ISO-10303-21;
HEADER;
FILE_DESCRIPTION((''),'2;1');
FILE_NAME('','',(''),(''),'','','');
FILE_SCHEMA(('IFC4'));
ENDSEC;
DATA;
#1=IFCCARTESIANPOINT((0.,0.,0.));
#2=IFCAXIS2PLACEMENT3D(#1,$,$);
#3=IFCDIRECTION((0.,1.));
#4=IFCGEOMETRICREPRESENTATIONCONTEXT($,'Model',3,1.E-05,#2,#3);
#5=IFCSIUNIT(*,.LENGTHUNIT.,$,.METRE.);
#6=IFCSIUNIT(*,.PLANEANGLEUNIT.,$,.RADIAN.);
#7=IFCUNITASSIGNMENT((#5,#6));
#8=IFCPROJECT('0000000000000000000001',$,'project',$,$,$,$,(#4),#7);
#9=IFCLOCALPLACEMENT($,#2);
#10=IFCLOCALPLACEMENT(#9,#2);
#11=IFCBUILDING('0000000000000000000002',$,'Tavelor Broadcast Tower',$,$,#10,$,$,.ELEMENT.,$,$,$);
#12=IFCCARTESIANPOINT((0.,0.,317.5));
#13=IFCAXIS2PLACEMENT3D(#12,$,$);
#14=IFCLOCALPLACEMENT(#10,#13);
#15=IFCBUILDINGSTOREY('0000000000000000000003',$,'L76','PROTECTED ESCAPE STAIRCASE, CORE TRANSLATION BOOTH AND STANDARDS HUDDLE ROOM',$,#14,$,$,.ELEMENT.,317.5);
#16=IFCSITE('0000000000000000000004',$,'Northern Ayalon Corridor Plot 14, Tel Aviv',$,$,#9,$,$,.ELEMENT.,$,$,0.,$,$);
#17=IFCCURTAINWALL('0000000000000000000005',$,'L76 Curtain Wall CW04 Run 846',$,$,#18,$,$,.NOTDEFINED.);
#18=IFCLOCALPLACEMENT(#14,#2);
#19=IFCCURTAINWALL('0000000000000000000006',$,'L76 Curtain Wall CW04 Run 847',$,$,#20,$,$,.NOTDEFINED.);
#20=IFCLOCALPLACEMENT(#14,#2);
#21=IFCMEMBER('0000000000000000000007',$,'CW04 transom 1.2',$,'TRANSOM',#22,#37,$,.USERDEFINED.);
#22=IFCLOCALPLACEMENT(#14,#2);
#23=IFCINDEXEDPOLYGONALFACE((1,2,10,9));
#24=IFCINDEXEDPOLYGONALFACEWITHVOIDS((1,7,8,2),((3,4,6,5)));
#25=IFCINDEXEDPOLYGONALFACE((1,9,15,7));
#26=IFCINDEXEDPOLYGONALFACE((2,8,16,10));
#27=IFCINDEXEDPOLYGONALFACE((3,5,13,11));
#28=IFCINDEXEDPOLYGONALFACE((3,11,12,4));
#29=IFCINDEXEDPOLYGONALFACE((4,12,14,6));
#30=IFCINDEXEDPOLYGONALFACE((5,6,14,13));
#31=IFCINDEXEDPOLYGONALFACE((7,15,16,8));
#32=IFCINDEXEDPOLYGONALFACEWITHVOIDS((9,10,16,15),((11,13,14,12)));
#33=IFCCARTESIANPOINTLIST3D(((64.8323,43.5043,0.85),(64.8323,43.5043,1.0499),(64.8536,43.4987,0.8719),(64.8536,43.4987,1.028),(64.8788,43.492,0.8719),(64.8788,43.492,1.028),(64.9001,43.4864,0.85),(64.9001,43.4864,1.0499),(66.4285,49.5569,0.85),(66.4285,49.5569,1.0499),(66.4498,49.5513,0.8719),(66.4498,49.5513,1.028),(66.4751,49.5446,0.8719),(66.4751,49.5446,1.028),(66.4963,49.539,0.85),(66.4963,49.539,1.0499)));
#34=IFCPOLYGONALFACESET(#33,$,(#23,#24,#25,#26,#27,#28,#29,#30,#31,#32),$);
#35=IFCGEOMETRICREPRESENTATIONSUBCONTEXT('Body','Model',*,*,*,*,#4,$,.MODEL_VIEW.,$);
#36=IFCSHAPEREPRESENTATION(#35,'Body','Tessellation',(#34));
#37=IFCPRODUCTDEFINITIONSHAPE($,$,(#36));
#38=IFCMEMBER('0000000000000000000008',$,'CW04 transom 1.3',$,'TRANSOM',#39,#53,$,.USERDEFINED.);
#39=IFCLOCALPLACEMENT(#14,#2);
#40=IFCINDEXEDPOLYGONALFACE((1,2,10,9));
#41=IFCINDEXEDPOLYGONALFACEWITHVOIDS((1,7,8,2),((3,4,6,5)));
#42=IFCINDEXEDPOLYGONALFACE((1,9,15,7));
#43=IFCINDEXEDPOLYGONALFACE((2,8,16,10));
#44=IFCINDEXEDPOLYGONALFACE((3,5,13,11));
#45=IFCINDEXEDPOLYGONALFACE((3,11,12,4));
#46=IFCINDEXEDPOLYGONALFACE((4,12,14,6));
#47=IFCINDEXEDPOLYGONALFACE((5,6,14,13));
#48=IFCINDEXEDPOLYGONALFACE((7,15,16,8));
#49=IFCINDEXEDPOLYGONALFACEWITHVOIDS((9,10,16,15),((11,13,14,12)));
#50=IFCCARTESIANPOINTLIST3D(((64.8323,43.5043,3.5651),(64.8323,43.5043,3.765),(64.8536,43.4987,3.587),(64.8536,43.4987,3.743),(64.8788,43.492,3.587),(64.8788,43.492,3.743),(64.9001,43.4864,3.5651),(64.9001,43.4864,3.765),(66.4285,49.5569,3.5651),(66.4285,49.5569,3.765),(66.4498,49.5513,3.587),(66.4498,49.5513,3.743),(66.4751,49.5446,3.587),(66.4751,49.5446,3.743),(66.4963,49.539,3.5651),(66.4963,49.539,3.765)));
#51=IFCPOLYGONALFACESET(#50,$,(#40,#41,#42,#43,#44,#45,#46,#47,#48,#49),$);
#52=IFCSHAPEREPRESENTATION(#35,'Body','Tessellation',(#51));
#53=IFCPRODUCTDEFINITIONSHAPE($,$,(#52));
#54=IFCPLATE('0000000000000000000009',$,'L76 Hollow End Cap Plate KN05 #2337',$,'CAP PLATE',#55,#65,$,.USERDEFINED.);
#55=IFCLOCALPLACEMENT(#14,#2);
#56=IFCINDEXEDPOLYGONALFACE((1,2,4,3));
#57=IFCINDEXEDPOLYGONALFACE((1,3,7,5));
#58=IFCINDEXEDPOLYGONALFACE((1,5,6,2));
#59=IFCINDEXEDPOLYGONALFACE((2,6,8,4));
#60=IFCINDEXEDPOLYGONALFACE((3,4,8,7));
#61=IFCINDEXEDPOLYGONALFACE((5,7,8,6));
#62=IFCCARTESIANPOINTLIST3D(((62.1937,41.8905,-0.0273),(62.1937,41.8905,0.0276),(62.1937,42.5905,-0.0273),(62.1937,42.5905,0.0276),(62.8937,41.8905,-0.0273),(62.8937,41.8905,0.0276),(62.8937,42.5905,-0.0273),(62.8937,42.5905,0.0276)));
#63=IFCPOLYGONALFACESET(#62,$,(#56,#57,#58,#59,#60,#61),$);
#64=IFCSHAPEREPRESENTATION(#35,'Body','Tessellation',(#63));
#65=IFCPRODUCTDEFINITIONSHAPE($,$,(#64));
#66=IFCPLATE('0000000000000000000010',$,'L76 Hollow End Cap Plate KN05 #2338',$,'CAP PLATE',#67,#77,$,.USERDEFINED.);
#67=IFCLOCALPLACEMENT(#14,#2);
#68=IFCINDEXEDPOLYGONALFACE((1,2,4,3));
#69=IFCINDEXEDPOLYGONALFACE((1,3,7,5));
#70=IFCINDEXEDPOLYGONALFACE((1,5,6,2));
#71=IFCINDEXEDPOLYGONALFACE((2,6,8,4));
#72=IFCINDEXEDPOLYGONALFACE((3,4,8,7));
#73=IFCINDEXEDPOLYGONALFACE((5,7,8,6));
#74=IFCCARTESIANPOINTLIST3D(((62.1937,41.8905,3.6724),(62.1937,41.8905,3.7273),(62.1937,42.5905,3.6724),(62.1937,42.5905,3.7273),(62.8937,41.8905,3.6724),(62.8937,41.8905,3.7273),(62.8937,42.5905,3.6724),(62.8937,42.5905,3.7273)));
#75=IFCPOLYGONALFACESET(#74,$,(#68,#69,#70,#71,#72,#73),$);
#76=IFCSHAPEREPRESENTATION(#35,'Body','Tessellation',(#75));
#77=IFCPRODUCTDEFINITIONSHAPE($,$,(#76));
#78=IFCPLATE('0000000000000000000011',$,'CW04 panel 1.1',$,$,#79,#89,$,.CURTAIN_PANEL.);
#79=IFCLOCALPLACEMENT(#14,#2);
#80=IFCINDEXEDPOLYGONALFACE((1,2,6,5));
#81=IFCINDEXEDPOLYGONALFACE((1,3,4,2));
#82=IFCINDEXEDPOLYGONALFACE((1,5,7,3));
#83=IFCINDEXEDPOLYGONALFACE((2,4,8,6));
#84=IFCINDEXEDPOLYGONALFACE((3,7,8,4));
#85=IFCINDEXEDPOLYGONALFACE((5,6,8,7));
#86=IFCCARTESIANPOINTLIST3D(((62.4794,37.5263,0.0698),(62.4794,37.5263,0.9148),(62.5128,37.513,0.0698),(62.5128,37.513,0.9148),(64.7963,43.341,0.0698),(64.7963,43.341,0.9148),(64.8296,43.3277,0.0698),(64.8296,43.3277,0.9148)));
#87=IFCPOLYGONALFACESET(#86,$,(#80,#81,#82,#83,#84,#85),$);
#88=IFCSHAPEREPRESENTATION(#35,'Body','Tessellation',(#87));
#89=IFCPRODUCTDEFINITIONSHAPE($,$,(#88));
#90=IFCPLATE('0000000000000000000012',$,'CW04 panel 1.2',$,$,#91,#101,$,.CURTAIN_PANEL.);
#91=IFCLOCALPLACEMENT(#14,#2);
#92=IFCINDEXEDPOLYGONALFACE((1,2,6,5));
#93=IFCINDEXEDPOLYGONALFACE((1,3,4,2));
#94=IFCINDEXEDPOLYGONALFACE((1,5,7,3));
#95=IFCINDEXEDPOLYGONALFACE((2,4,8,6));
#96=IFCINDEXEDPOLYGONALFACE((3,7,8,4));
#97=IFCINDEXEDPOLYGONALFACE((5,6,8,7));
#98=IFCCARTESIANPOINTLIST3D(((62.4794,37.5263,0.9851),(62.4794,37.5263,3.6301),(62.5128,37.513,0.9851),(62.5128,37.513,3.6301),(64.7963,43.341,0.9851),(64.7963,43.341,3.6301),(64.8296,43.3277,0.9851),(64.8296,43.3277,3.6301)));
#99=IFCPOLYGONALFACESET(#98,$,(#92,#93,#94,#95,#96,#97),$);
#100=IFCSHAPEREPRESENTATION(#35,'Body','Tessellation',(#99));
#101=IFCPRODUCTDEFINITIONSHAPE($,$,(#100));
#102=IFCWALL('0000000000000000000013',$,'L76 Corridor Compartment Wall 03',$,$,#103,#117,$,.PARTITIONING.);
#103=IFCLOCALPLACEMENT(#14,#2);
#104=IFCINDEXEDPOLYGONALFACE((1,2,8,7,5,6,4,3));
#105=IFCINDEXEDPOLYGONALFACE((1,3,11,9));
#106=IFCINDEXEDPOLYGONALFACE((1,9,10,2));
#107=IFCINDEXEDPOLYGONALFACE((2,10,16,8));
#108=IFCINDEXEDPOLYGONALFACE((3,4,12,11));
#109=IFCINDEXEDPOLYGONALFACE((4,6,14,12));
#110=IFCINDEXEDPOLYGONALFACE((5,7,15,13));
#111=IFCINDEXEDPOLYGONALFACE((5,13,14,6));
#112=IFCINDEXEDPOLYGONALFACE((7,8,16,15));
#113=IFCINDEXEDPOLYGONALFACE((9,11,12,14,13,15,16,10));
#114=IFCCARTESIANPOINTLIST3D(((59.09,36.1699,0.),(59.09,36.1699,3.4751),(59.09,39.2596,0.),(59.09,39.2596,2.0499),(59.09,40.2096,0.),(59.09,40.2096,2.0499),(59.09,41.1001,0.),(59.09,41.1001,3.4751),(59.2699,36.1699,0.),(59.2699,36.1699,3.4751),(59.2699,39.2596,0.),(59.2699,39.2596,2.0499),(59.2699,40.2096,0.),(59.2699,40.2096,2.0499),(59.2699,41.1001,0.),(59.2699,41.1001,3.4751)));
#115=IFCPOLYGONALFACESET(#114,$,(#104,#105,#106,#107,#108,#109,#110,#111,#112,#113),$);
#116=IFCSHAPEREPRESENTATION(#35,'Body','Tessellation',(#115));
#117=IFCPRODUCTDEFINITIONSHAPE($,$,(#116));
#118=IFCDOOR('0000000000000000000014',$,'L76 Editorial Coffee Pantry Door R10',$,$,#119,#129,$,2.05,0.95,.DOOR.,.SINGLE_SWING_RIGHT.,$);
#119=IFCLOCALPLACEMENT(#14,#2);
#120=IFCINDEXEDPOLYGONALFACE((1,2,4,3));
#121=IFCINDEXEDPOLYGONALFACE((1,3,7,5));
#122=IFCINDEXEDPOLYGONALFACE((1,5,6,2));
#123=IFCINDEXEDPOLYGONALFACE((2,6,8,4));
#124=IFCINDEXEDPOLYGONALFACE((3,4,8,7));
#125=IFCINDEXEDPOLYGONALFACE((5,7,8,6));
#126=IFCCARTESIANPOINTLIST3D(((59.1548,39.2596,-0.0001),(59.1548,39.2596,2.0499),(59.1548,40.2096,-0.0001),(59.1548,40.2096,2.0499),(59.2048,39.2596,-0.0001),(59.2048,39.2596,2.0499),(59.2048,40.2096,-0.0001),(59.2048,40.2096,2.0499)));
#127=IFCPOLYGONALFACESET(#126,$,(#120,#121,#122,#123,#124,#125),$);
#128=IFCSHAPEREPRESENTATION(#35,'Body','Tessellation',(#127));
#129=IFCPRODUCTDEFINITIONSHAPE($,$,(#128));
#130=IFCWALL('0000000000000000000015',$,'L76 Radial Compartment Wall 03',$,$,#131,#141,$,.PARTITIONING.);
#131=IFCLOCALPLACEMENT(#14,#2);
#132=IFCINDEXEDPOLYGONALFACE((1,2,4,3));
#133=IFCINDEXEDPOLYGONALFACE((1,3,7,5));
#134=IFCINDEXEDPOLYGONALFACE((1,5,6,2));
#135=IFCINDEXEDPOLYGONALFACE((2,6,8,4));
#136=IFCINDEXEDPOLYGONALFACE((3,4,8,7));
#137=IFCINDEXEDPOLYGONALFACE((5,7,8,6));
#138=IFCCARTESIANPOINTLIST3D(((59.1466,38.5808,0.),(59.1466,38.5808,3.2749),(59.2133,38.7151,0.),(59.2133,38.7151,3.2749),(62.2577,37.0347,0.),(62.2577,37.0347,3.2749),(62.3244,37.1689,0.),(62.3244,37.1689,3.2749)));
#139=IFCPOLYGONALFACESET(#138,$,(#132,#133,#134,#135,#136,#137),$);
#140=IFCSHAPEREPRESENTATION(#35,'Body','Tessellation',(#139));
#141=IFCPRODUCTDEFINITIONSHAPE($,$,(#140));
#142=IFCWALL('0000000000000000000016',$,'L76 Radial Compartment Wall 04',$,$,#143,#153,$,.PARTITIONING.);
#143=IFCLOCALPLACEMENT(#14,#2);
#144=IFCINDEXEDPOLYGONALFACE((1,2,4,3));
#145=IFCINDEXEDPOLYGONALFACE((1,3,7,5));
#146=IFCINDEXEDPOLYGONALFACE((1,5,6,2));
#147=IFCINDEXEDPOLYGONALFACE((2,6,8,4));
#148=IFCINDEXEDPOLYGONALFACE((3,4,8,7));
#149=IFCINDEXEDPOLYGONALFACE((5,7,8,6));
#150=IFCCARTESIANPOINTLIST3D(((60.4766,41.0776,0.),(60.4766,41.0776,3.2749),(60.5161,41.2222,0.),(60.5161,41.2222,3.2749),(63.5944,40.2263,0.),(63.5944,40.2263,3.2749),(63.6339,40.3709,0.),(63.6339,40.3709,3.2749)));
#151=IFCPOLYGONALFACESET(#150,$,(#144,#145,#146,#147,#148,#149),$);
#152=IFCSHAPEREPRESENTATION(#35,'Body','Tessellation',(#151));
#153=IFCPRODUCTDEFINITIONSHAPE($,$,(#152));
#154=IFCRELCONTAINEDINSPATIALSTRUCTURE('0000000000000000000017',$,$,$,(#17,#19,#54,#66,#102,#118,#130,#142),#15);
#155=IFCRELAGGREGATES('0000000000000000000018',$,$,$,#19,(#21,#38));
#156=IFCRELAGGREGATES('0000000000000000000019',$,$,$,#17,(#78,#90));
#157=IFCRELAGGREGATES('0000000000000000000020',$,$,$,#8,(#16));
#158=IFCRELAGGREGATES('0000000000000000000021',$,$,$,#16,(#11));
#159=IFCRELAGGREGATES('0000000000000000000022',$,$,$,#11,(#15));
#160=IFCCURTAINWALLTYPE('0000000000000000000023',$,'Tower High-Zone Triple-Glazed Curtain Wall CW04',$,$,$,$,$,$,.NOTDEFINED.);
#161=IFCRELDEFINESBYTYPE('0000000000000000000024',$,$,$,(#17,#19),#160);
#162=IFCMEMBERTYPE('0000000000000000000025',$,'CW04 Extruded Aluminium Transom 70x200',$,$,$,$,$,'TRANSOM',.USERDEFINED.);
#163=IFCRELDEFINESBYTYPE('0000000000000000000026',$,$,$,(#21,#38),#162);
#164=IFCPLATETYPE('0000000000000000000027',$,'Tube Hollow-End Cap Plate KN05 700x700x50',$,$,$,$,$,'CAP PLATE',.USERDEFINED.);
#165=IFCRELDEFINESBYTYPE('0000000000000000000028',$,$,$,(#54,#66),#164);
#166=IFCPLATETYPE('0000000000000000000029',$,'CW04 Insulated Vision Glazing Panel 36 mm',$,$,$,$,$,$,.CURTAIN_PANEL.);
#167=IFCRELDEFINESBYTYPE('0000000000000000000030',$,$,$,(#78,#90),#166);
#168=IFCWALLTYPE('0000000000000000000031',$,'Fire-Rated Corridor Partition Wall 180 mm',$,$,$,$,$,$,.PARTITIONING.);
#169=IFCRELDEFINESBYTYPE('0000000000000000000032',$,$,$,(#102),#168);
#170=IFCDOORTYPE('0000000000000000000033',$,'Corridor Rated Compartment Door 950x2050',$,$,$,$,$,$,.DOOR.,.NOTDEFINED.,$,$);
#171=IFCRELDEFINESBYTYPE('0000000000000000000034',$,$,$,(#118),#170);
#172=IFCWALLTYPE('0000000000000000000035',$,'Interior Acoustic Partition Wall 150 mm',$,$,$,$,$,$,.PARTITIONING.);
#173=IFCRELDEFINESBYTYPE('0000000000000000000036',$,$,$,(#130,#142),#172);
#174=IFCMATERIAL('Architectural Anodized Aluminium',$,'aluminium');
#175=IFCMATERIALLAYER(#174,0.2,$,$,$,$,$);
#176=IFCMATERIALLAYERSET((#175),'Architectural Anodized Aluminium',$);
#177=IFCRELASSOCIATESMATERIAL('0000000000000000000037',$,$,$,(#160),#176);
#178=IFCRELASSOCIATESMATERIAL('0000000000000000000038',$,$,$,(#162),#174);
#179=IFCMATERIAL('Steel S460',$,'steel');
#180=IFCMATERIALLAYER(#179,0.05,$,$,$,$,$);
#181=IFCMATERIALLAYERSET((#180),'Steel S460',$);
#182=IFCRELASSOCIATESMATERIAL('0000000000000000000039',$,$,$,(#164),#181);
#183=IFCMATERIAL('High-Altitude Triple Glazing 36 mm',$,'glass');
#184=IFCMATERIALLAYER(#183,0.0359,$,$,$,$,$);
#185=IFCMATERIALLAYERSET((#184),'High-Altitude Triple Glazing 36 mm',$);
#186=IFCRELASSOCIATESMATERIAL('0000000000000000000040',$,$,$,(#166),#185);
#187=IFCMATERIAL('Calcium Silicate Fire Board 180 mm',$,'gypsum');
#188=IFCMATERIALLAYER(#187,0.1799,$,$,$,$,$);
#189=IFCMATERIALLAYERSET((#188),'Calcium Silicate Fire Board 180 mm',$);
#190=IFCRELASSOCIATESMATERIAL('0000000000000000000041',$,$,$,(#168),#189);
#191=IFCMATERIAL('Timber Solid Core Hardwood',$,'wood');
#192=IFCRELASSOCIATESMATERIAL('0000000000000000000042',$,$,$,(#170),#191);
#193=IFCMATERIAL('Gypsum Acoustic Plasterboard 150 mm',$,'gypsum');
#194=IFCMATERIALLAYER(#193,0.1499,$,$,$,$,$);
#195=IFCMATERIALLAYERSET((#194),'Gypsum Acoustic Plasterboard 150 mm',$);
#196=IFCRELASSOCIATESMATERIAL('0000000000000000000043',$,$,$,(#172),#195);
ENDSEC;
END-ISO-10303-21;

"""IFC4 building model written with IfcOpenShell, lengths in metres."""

from ifc_helpers import new_model, si_unit, direction, frame, frame_2d, origin, origin_2d, place, context, subcontext, project, spatial, rectangle, hollow_rectangle, extrude, source, transform, mapped, material, layer, layer_set, material_profile, profile_set, type_object, type_shapes, element, fill, aggregate, save


model = new_model("IFC4")

# Units and contexts
model_context = context("Model", 3, precision=1e-05, world=origin(), true_north=direction((0.0, 1.0)))
body_context = subcontext(model_context, "Body", "Model", "MODEL_VIEW")
ifc_project = project(units=[si_unit("LENGTHUNIT", "METRE"), si_unit("PLANEANGLEUNIT", "RADIAN")], contexts=[model_context])

# Site, building, storey
site_placement = place(None, origin())
site = spatial("IfcSite", under=ifc_project, at=site_placement, Name="Northern Ayalon Corridor Plot 14, Tel Aviv", CompositionType="ELEMENT", RefElevation=0.0)
building_placement = place(site_placement, origin())
building = spatial("IfcBuilding", under=site, at=building_placement, Name="Tavelor Broadcast Tower", CompositionType="ELEMENT")
storey_placement = place(building_placement, frame((0.0, 0.0, 317.5)))
storey = spatial("IfcBuildingStorey", under=building, at=storey_placement, Name="L76", Description="PROTECTED ESCAPE STAIRCASE, CORE TRANSLATION BOOTH AND STANDARDS HUDDLE ROOM", CompositionType="ELEMENT", Elevation=317.5)

# Shared definitions
ifc_material_1 = material(Name="Steel S460", Category="steel")

# Curtain walls
ifc_material_2 = material(Name="Architectural Anodized Aluminium", Category="aluminium")
ifc_layer_1 = layer(ifc_material_2, 0.2)
ifc_layer_set_1 = layer_set([ifc_layer_1], Name="Architectural Anodized Aluminium")
curtain_wall_type = type_object("IfcCurtainWallType", Name="Tower High-Zone Triple-Glazed Curtain Wall CW04", PredefinedType="NOTDEFINED", material=ifc_layer_set_1)
curtain_wall_1_placement = place(storey_placement, origin())
curtain_wall_1 = element("IfcCurtainWall", 1, at=curtain_wall_1_placement, inside=storey, type_object=curtain_wall_type, Name="L76 Curtain Wall CW04 Run 846", PredefinedType="NOTDEFINED")
curtain_wall_2_placement = place(storey_placement, origin())
curtain_wall_2 = element("IfcCurtainWall", 2, at=curtain_wall_2_placement, inside=storey, type_object=curtain_wall_type, Name="L76 Curtain Wall CW04 Run 847", PredefinedType="NOTDEFINED")

# Members
ifc_material_profile_1 = material_profile(ifc_material_2, hollow_rectangle(XDim=0.0701, YDim=0.2, WallThickness=0.022, at=origin_2d()), Name="RHS 70x200x22")
ifc_profile_set_1 = profile_set([ifc_material_profile_1], Name="Architectural Anodized Aluminium")
member_type_1 = type_object("IfcMemberType", Name="CW04 Extruded Aluminium Transom 70x200", ElementType="TRANSOM", PredefinedType="USERDEFINED", material=ifc_profile_set_1)
shared_shape_1 = source(origin(), body_context, "Body", "SweptSolid", [
    extrude(hollow_rectangle(XDim=0.0701, YDim=0.2, WallThickness=0.022, at=origin_2d()), origin(), (0.0, 0.0, 1.0), 6.2595),
])
member_1_placement = place(storey_placement, frame((64.8662, 43.4954, 0.95), z_axis=(0.255006, 0.96694, 0.0), x_axis=(-0.96694, 0.255006, 0.0)))
member_1 = element("IfcMember", 3, at=member_1_placement, type_object=member_type_1, Name="CW04 transom 1.2", ObjectType="TRANSOM", PredefinedType="USERDEFINED", context=body_context, shape_type="MappedRepresentation", body=[
    mapped(shared_shape_1, transform((0.0, 0.0, 0.0), scale=1.0)),
])
member_2_placement = place(storey_placement, frame((64.8662, 43.4954, 3.665), z_axis=(0.255006, 0.96694, 0.0), x_axis=(-0.96694, 0.255006, 0.0)))
member_2 = element("IfcMember", 4, at=member_2_placement, type_object=member_type_1, Name="CW04 transom 1.3", ObjectType="TRANSOM", PredefinedType="USERDEFINED", context=body_context, shape_type="MappedRepresentation", body=[
    mapped(shared_shape_1, transform((0.0, 0.0, 0.0), scale=1.0)),
])
aggregate(curtain_wall_2, [member_1, member_2])

# Plates
ifc_layer_2 = layer(ifc_material_1, 0.05)
ifc_layer_set_2 = layer_set([ifc_layer_2], Name="Steel S460")
plate_type_1 = type_object("IfcPlateType", Name="Tube Hollow-End Cap Plate KN05 700x700x50", ElementType="CAP PLATE", PredefinedType="USERDEFINED", material=ifc_layer_set_2)
shared_shape_2 = source(origin(), body_context, "Body", "SweptSolid", [
    extrude(rectangle(XDim=0.7, YDim=0.7, at=origin_2d()), origin(), (0.0, 0.0, 1.0), 0.0549),
])
type_shapes(plate_type_1, [shared_shape_2])
for number, where, z_axis, x_axis, name in (
    (5, (62.5437, 42.2405, -0.0273), (0.0, 0.0, 1.0), (1.0, 0.0, 0.0), "L76 Hollow End Cap Plate KN05 #2337"),
    (6, (62.5437, 42.2405, 3.6724), (0.0, 0.0, 1.0), (1.0, 0.0, 0.0), "L76 Hollow End Cap Plate KN05 #2338"),
):
    element("IfcPlate", number, at=place(storey_placement, frame(where, z_axis=z_axis, x_axis=x_axis)), inside=storey, type_object=plate_type_1, Name=name, ObjectType="CAP PLATE", PredefinedType="USERDEFINED", context=body_context, shape_type="MappedRepresentation", body=[
        mapped(shared_shape_2, transform((0.0, 0.0, 0.0), scale=1.0)),
    ])

# Plates
ifc_material_3 = material(Name="High-Altitude Triple Glazing 36 mm", Category="glass")
ifc_layer_3 = layer(ifc_material_3, 0.0359)
ifc_layer_set_3 = layer_set([ifc_layer_3], Name="High-Altitude Triple Glazing 36 mm")
plate_type_2 = type_object("IfcPlateType", Name="CW04 Insulated Vision Glazing Panel 36 mm", PredefinedType="CURTAIN_PANEL", material=ifc_layer_set_3)
shared_shape_3 = source(origin(), body_context, "Body", "SweptSolid", [
    extrude(rectangle(XDim=6.2593, YDim=0.0359, at=origin_2d()), origin(), (0.0, 0.0, 1.0), 0.845),
])
plate_1_placement = place(storey_placement, frame((63.6545, 40.427, 0.0698), z_axis=(0.0, 0.0, 1.0), x_axis=(0.370148, 0.928973, 0.0)))
plate_1 = element("IfcPlate", 7, at=plate_1_placement, type_object=plate_type_2, Name="CW04 panel 1.1", PredefinedType="CURTAIN_PANEL", context=body_context, shape_type="MappedRepresentation", body=[
    mapped(shared_shape_3, transform((0.0, 0.0, 0.0), scale=1.0)),
])
shared_shape_4 = source(origin(), body_context, "Body", "SweptSolid", [
    extrude(rectangle(XDim=6.2593, YDim=0.0359, at=origin_2d()), origin(), (0.0, 0.0, 1.0), 2.645),
])
type_shapes(plate_type_2, [shared_shape_3, shared_shape_4])
plate_2_placement = place(storey_placement, frame((63.6545, 40.427, 0.9851), z_axis=(0.0, 0.0, 1.0), x_axis=(0.370148, 0.928973, 0.0)))
plate_2 = element("IfcPlate", 8, at=plate_2_placement, type_object=plate_type_2, Name="CW04 panel 1.2", PredefinedType="CURTAIN_PANEL", context=body_context, shape_type="MappedRepresentation", body=[
    mapped(shared_shape_4, transform((0.0, 0.0, 0.0), scale=1.0)),
])
aggregate(curtain_wall_1, [plate_1, plate_2])

# Wall, opening, door
ifc_material_4 = material(Name="Calcium Silicate Fire Board 180 mm", Category="gypsum")
ifc_layer_4 = layer(ifc_material_4, 0.1799)
ifc_layer_set_4 = layer_set([ifc_layer_4], Name="Calcium Silicate Fire Board 180 mm")
wall_type_1 = type_object("IfcWallType", Name="Fire-Rated Corridor Partition Wall 180 mm", PredefinedType="PARTITIONING", material=ifc_layer_set_4)
wall_1_placement = place(storey_placement, frame((59.1799, 41.1001, 0.0), z_axis=(0.0, 0.0, 1.0), x_axis=(0.0, -1.0, 0.0)))
wall_1 = element("IfcWall", 9, at=wall_1_placement, inside=storey, type_object=wall_type_1, Name="L76 Corridor Compartment Wall 03", PredefinedType="PARTITIONING", context=body_context, shape_type="SweptSolid", body=[
    extrude(rectangle(XDim=4.9302, YDim=0.1799, at=frame_2d((2.4651, 0.0))), origin(), (0.0, 0.0, 1.0), 3.4751),
])
opening_1_placement = place(wall_1_placement, frame((0.8904, 0.0, 0.0)))
opening_1 = element("IfcOpeningElement", 10, at=opening_1_placement, cuts=wall_1, PredefinedType="OPENING", context=body_context, shape_type="SweptSolid", body=[
    extrude(rectangle(XDim=0.95, YDim=2.05, at=frame_2d((0.4751, 1.0249))), frame((0.0, 0.1001, 0.0), z_axis=(0.0, -1.0, 0.0), x_axis=(1.0, 0.0, 0.0)), (0.0, 0.0, 1.0), 0.2),
])
ifc_material_5 = material(Name="Timber Solid Core Hardwood", Category="wood")
door_type_1 = type_object("IfcDoorType", Name="Corridor Rated Compartment Door 950x2050", OperationType="NOTDEFINED", PredefinedType="DOOR", material=ifc_material_5)
door_1_placement = place(opening_1_placement, origin())
door_1 = element("IfcDoor", 11, at=door_1_placement, inside=storey, type_object=door_type_1, Name="L76 Editorial Coffee Pantry Door R10", OperationType="SINGLE_SWING_RIGHT", OverallHeight=2.05, OverallWidth=0.95, PredefinedType="DOOR", context=body_context, shape_type="SweptSolid", body=[
    extrude(rectangle(XDim=0.95, YDim=2.05, at=frame_2d((0.4751, 1.0249))), frame((0.0, 0.0249, 0.0), z_axis=(0.0, -1.0, 0.0), x_axis=(1.0, 0.0, 0.0)), (0.0, 0.0, 1.0), 0.05),
])
fill(opening_1, door_1)

# Walls
ifc_material_6 = material(Name="Gypsum Acoustic Plasterboard 150 mm", Category="gypsum")
ifc_layer_5 = layer(ifc_material_6, 0.1499)
ifc_layer_set_5 = layer_set([ifc_layer_5], Name="Gypsum Acoustic Plasterboard 150 mm")
wall_type_2 = type_object("IfcWallType", Name="Interior Acoustic Partition Wall 150 mm", PredefinedType="PARTITIONING", material=ifc_layer_set_5)
wall_2_placement = place(storey_placement, frame((59.1799, 38.6479, 0.0), z_axis=(0.0, 0.0, 1.0), x_axis=(0.895507, -0.445048, 0.0)))
element("IfcWall", 12, at=wall_2_placement, inside=storey, type_object=wall_type_2, Name="L76 Radial Compartment Wall 03", PredefinedType="PARTITIONING", context=body_context, shape_type="SweptSolid", body=[
    extrude(rectangle(XDim=3.4741, YDim=0.1499, at=frame_2d((1.7371, 0.0))), origin(), (0.0, 0.0, 1.0), 3.2749),
])
wall_3_placement = place(storey_placement, frame((60.4963, 41.1499, 0.0), z_axis=(0.0, 0.0, 1.0), x_axis=(0.964687, -0.263399, 0.0)))
element("IfcWall", 13, at=wall_3_placement, inside=storey, type_object=wall_type_2, Name="L76 Radial Compartment Wall 04", PredefinedType="PARTITIONING", context=body_context, shape_type="SweptSolid", body=[
    extrude(rectangle(XDim=3.2319, YDim=0.1499, at=frame_2d((1.616, 0.0))), origin(), (0.0, 0.0, 1.0), 3.2749),
])

save(model, "model.ifc")
